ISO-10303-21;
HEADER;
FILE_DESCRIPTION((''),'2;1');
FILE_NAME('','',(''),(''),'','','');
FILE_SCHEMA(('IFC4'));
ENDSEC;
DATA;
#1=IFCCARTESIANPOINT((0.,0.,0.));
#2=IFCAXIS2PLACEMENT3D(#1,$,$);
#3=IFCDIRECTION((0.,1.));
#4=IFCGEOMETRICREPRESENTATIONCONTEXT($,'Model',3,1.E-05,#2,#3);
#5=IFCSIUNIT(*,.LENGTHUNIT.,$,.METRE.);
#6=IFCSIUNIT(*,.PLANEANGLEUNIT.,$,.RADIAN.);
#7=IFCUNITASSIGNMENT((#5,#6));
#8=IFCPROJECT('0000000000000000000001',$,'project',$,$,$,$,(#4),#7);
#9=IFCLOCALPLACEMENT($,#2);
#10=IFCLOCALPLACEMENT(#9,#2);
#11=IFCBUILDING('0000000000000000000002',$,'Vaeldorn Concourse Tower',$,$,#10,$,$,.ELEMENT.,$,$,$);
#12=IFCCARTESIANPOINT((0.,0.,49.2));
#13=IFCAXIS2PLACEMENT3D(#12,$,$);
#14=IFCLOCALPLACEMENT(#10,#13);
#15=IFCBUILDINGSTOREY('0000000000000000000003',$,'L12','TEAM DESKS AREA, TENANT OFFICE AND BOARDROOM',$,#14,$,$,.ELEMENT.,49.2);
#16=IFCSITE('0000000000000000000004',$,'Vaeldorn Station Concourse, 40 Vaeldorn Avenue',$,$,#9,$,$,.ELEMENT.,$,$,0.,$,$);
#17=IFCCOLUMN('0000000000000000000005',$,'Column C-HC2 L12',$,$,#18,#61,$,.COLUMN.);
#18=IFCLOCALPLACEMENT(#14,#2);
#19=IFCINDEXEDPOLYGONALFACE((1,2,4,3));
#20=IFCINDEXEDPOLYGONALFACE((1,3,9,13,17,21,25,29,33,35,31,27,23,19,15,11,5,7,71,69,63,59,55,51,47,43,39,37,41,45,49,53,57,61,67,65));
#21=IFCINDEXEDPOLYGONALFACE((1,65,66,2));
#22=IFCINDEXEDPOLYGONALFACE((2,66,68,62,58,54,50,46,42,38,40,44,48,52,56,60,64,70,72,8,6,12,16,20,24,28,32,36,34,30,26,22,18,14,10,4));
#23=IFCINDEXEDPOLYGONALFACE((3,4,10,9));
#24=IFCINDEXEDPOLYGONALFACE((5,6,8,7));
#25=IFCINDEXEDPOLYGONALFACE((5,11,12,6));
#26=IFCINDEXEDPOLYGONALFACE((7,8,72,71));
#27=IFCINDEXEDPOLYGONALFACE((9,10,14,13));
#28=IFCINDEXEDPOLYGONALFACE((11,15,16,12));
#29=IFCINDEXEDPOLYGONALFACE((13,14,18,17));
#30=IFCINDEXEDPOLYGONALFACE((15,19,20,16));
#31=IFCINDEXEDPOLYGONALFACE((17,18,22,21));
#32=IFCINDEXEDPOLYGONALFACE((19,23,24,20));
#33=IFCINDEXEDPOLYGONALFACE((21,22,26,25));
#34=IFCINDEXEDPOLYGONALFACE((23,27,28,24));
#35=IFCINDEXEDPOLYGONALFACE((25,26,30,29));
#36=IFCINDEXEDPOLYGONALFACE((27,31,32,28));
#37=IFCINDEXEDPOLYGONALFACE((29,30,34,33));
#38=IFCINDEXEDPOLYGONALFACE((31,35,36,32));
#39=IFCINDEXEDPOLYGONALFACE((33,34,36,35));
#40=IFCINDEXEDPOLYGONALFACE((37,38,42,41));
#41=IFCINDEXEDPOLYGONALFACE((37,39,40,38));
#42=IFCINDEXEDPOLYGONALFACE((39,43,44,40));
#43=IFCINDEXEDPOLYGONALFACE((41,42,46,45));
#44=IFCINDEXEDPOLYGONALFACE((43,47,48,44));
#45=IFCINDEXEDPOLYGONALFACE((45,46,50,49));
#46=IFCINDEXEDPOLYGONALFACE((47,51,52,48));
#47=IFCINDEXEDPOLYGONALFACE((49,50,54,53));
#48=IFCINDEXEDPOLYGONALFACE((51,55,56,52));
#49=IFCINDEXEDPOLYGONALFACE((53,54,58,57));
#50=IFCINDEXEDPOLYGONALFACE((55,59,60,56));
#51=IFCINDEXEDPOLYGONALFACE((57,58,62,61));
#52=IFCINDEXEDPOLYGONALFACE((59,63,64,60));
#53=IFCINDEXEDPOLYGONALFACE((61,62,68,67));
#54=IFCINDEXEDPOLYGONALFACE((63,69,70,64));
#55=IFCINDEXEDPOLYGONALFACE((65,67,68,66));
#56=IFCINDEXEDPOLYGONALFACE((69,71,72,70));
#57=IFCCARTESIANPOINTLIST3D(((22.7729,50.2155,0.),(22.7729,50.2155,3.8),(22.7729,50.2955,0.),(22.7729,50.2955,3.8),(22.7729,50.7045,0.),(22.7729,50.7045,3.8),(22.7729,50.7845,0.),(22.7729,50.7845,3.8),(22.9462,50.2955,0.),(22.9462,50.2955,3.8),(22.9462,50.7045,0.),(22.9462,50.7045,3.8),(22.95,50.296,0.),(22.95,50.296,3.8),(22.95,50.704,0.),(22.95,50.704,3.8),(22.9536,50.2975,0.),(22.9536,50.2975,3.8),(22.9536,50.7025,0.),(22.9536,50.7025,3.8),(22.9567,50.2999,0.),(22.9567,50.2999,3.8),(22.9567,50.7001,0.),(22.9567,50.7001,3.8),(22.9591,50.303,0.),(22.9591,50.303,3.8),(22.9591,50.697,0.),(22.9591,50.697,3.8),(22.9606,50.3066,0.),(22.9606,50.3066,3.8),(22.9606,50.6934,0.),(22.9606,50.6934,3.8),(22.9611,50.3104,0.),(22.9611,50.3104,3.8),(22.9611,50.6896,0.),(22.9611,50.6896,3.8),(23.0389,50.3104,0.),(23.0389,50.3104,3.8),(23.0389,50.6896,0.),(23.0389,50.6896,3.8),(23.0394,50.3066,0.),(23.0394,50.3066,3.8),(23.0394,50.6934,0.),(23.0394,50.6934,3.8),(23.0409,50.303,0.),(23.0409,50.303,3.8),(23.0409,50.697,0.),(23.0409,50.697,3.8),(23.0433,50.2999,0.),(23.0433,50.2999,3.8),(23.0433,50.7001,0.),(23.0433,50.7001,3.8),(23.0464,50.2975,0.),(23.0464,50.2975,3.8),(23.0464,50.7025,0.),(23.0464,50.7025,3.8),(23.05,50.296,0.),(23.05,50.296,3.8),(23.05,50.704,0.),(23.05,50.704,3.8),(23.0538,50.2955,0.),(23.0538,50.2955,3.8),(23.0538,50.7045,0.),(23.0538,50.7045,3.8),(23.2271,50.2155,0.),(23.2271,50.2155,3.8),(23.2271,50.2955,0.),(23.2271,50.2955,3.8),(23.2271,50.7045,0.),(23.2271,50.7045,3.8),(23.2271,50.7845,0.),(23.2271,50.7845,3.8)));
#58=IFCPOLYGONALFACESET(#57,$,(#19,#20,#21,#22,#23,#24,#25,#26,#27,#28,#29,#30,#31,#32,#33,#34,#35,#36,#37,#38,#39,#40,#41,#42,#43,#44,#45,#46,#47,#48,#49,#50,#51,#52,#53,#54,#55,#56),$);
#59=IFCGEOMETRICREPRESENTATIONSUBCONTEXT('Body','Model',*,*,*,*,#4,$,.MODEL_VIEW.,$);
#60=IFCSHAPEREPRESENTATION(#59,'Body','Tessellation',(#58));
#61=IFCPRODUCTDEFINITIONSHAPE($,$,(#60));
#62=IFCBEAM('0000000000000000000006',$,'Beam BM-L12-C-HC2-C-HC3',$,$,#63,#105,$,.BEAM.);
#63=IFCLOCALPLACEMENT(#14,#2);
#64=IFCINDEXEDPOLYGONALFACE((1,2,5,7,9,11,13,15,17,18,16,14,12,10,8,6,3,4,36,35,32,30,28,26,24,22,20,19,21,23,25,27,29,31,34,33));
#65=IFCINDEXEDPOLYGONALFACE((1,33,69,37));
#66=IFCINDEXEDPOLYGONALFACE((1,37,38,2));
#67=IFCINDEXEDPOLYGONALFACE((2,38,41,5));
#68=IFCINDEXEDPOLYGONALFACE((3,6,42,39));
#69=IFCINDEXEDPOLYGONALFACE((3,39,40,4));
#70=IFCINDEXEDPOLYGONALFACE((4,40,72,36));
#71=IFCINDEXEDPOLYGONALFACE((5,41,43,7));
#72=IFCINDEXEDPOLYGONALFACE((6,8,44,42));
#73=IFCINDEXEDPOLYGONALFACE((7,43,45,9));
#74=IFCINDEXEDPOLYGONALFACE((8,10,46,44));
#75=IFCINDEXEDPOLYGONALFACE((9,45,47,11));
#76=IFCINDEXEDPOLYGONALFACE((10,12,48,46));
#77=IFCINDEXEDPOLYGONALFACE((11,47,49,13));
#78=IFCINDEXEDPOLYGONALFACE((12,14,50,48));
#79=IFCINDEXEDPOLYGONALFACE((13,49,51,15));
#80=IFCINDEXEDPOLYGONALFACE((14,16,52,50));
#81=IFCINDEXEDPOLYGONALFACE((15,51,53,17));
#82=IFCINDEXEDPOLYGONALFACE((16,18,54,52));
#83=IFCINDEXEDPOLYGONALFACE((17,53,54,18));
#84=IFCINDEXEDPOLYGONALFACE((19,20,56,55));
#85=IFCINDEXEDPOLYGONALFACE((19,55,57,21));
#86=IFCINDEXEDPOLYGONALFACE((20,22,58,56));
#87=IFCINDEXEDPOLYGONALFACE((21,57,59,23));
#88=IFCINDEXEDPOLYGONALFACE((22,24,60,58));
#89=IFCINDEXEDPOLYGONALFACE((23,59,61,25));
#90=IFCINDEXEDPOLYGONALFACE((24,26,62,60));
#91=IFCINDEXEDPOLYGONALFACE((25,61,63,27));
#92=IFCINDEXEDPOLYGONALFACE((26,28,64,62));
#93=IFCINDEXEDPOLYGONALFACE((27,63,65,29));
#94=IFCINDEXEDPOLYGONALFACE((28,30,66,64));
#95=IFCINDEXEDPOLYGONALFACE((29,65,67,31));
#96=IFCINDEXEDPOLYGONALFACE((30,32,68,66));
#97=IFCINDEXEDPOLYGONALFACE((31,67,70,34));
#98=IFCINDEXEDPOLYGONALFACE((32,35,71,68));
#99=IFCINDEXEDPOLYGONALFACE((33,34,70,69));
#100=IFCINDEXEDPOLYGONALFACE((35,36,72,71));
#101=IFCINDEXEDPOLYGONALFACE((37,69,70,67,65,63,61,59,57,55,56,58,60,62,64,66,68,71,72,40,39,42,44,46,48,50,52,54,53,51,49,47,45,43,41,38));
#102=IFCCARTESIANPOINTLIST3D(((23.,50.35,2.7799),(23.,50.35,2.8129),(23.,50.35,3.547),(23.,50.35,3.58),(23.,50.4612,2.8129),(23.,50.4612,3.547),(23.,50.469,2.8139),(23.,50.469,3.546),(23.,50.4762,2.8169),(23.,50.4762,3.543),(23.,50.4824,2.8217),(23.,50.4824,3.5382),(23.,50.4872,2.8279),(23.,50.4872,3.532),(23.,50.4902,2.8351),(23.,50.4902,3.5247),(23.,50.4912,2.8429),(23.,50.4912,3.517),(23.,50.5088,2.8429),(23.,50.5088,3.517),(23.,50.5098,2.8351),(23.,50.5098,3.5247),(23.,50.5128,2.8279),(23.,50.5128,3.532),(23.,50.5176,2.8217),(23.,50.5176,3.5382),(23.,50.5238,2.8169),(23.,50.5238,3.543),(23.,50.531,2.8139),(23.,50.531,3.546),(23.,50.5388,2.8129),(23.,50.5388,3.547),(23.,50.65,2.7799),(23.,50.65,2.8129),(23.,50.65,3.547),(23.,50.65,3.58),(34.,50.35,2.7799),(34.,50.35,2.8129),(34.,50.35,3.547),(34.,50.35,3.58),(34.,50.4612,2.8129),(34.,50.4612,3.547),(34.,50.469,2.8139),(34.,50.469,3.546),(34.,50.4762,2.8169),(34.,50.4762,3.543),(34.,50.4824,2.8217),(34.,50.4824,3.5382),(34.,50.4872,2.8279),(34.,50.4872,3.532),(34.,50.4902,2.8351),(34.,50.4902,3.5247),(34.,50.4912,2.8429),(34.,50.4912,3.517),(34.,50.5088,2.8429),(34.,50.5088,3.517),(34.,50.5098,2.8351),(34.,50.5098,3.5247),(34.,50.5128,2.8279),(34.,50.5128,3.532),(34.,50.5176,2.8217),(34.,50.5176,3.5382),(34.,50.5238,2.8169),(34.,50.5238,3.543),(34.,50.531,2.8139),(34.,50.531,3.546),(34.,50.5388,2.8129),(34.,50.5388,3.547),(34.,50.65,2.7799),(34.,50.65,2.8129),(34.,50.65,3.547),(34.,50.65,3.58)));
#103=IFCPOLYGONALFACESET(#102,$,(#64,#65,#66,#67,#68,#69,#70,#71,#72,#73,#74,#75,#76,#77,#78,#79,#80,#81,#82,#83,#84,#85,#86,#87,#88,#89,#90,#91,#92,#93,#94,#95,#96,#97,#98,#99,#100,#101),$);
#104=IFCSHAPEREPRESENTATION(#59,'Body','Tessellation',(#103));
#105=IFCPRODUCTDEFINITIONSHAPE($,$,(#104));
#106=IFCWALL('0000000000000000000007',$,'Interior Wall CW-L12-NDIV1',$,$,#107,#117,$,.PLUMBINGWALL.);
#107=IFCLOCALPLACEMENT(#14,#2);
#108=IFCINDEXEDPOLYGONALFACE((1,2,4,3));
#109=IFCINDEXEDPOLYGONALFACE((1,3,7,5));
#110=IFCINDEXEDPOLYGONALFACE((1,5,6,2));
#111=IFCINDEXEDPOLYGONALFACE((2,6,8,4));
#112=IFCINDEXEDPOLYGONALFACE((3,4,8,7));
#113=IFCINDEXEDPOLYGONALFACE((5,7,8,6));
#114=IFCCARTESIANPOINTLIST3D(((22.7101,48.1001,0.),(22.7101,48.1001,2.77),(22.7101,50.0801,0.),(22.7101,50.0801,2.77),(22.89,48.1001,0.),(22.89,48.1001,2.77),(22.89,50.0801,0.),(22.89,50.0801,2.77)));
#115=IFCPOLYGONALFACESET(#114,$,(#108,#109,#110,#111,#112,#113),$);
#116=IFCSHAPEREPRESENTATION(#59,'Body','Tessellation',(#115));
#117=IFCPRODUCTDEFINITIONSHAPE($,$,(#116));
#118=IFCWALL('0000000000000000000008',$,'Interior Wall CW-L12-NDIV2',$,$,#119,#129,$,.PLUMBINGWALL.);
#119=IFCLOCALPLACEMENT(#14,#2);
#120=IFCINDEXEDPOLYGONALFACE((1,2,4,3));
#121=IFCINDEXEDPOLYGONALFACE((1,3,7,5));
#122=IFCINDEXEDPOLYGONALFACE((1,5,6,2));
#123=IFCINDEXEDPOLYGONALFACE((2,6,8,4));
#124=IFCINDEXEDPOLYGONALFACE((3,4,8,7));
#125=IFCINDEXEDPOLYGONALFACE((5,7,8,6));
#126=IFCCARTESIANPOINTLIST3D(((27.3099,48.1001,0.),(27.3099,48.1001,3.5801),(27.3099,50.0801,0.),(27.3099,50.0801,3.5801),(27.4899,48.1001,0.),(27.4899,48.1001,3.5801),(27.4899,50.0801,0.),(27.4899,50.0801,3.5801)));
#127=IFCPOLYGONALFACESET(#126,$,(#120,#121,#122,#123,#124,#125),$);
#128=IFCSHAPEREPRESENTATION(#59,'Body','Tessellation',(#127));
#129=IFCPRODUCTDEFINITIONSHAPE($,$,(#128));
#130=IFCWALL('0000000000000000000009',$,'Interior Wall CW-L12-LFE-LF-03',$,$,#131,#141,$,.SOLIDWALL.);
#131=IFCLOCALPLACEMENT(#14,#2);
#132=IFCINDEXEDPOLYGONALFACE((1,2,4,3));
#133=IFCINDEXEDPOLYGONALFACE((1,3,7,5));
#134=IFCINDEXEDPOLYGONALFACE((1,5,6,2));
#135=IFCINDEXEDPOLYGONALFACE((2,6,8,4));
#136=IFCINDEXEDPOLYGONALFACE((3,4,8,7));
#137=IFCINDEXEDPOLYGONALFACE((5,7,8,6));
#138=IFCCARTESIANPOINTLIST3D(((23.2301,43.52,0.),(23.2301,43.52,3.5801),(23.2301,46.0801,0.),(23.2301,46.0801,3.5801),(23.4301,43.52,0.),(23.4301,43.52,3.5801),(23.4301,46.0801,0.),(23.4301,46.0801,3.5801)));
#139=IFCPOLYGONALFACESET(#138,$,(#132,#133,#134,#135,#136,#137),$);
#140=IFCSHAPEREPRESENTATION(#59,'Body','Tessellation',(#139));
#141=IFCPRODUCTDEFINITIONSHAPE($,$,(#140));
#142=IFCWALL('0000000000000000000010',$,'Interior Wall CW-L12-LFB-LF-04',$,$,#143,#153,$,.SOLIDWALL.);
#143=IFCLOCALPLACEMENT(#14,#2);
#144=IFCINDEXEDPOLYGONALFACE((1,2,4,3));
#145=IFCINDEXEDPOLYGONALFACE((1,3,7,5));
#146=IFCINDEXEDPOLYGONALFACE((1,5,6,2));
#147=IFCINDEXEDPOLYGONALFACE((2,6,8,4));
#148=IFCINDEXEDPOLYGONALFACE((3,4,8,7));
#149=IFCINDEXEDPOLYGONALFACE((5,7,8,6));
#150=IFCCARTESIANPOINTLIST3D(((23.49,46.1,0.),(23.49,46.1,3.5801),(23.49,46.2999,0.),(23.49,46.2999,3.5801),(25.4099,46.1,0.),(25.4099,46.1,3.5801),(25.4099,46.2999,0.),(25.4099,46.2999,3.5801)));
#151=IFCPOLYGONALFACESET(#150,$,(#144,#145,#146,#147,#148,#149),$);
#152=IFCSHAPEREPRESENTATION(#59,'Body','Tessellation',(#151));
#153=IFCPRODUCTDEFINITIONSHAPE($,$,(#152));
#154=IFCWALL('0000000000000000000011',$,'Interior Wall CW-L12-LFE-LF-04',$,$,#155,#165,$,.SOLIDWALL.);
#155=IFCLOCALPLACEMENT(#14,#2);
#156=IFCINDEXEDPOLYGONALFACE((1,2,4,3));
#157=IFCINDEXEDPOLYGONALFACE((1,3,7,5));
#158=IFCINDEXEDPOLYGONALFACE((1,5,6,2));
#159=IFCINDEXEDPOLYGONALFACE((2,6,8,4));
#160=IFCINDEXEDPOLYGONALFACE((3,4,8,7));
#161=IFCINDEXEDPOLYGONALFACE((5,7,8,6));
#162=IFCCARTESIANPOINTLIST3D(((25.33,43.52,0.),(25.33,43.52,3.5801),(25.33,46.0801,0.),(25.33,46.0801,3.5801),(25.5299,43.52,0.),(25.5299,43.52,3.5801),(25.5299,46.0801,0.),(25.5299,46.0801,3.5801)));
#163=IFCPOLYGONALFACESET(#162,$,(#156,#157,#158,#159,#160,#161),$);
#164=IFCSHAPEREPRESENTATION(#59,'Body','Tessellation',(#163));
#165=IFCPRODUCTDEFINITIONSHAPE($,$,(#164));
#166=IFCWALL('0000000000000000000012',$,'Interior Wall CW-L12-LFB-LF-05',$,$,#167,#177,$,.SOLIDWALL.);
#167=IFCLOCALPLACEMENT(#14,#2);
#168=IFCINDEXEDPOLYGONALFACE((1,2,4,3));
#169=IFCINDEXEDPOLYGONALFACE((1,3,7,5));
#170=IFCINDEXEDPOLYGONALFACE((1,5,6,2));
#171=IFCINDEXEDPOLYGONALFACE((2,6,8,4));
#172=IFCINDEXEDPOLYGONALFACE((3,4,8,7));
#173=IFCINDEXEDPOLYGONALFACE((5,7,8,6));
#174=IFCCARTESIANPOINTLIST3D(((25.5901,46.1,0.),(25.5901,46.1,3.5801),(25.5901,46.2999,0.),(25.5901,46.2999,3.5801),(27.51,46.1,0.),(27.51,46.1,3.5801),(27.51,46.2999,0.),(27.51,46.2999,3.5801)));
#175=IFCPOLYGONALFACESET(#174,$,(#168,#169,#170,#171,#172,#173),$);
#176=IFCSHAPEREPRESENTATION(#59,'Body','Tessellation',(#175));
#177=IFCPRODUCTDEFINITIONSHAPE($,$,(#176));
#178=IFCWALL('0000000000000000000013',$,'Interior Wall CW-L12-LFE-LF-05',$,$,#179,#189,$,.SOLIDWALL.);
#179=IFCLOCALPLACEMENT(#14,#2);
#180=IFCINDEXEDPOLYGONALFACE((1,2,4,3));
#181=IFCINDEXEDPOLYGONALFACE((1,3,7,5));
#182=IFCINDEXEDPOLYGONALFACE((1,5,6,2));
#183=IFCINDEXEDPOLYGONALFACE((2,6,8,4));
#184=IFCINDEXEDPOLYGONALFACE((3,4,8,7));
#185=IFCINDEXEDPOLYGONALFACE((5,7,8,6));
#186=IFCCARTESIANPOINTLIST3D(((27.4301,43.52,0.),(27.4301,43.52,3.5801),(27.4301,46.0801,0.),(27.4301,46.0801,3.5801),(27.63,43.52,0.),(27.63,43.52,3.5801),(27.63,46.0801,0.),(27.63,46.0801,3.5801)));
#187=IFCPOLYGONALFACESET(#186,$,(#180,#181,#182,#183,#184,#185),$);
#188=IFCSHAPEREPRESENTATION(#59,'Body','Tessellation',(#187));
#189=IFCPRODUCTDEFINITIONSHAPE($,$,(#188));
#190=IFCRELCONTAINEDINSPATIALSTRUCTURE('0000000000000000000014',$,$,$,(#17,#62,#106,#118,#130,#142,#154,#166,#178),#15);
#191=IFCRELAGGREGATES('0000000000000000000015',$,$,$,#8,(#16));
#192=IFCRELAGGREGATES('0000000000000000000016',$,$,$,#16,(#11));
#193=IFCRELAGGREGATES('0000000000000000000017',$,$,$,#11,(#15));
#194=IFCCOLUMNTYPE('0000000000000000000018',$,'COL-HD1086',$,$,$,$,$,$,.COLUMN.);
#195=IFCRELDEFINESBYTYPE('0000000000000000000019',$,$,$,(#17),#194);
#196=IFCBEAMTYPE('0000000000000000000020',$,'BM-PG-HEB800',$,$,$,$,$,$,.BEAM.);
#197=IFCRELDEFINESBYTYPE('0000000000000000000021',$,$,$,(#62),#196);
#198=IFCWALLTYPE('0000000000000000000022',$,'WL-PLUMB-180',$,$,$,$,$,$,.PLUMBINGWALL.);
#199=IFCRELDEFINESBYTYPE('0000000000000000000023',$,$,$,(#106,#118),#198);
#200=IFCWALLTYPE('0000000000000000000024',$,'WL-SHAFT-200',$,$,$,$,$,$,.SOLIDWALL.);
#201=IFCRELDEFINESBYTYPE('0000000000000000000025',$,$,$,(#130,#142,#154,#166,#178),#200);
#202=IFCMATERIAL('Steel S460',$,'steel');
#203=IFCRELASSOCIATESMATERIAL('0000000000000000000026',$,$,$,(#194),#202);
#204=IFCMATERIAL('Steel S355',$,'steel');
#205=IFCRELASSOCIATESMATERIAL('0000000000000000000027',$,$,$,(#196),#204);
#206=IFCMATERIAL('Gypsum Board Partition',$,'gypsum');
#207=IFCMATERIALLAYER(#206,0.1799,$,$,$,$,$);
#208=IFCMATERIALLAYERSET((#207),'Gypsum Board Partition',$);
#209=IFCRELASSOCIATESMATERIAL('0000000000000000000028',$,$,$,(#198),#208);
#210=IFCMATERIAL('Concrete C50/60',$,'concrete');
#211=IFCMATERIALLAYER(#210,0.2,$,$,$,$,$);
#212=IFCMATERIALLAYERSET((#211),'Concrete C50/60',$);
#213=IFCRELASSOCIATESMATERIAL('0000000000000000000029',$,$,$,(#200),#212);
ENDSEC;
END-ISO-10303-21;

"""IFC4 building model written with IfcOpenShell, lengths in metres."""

from ifc_helpers import new_model, si_unit, direction, frame, frame_2d, origin, origin_2d, place, context, subcontext, project, spatial, rectangle, i_section, extrude, source, transform, mapped, material, layer, layer_set, material_profile, profile_set, type_object, element, save


model = new_model("IFC4")

# Units and contexts
model_context = context("Model", 3, precision=1e-05, world=origin(), true_north=direction((0.0, 1.0)))
body_context = subcontext(model_context, "Body", "Model", "MODEL_VIEW")
ifc_project = project(units=[si_unit("LENGTHUNIT", "METRE"), si_unit("PLANEANGLEUNIT", "RADIAN")], contexts=[model_context])

# Site, building, storey
site_placement = place(None, origin())
site = spatial("IfcSite", under=ifc_project, at=site_placement, Name="Vaeldorn Station Concourse, 40 Vaeldorn Avenue", CompositionType="ELEMENT", RefElevation=0.0)
building_placement = place(site_placement, origin())
building = spatial("IfcBuilding", under=site, at=building_placement, Name="Vaeldorn Concourse Tower", CompositionType="ELEMENT")
storey_placement = place(building_placement, frame((0.0, 0.0, 49.2)))
storey = spatial("IfcBuildingStorey", under=building, at=storey_placement, Name="L12", Description="TEAM DESKS AREA, TENANT OFFICE AND BOARDROOM", CompositionType="ELEMENT", Elevation=49.2)

# Column
ifc_material_1 = material(Name="Steel S460", Category="steel")
ifc_material_profile_1 = material_profile(ifc_material_1, i_section(OverallWidth=0.4541, OverallDepth=0.5691, WebThickness=0.0779, FlangeThickness=0.0801, FilletRadius=0.0149, at=origin_2d()), Name="HD 400x1086")
ifc_profile_set_1 = profile_set([ifc_material_profile_1], Name="Steel S460")
column_type = type_object("IfcColumnType", Name="COL-HD1086", PredefinedType="COLUMN", material=ifc_profile_set_1)
shared_shape_1 = source(origin(), body_context, "Body", "SweptSolid", [
    extrude(i_section(OverallWidth=0.4541, OverallDepth=0.5691, WebThickness=0.0779, FlangeThickness=0.0801, FilletRadius=0.0149, at=origin_2d()), origin(), (0.0, 0.0, 1.0), 3.8),
])
column_placement = place(storey_placement, frame((23.0, 50.5, 0.0), z_axis=(0.0, 0.0, 1.0), x_axis=(1.0, 0.0, 0.0)))
element("IfcColumn", 1, at=column_placement, inside=storey, type_object=column_type, Name="Column C-HC2 L12", PredefinedType="COLUMN", context=body_context, shape_type="MappedRepresentation", body=[
    mapped(shared_shape_1, transform((0.0, 0.0, 0.0), scale=1.0)),
])

# Beam
ifc_material_2 = material(Name="Steel S355", Category="steel")
ifc_material_profile_2 = material_profile(ifc_material_2, i_section(OverallWidth=0.3, OverallDepth=0.8, WebThickness=0.0176, FlangeThickness=0.033, FilletRadius=0.03, at=origin_2d()), Name="HEB 800")
ifc_profile_set_2 = profile_set([ifc_material_profile_2], Name="Steel S355")
beam_type = type_object("IfcBeamType", Name="BM-PG-HEB800", PredefinedType="BEAM", material=ifc_profile_set_2)
shared_shape_2 = source(origin(), body_context, "Body", "SweptSolid", [
    extrude(i_section(OverallWidth=0.3, OverallDepth=0.8, WebThickness=0.0176, FlangeThickness=0.033, FilletRadius=0.03, at=origin_2d()), origin(), (0.0, 0.0, 1.0), 11.0),
])
beam_placement = place(storey_placement, frame((23.0, 50.5, 3.1799), z_axis=(1.0, 0.0, 0.0), x_axis=(0.0, 1.0, 0.0)))
element("IfcBeam", 2, at=beam_placement, inside=storey, type_object=beam_type, Name="Beam BM-L12-C-HC2-C-HC3", PredefinedType="BEAM", context=body_context, shape_type="MappedRepresentation", body=[
    mapped(shared_shape_2, transform((0.0, 0.0, 0.0), scale=1.0)),
])

# Walls
ifc_material_3 = material(Name="Gypsum Board Partition", Category="gypsum")
ifc_layer_1 = layer(ifc_material_3, 0.1799)
ifc_layer_set_1 = layer_set([ifc_layer_1], Name="Gypsum Board Partition")
wall_type_1 = type_object("IfcWallType", Name="WL-PLUMB-180", PredefinedType="PLUMBINGWALL", material=ifc_layer_set_1)
wall_1_placement = place(storey_placement, frame((22.8, 48.1001, 0.0), z_axis=(0.0, 0.0, 1.0), x_axis=(0.0, 1.0, 0.0)))
element("IfcWall", 3, at=wall_1_placement, inside=storey, type_object=wall_type_1, Name="Interior Wall CW-L12-NDIV1", PredefinedType="PLUMBINGWALL", context=body_context, shape_type="SweptSolid", body=[
    extrude(rectangle(XDim=1.98, YDim=0.1799, at=frame_2d((0.99, 0.0))), origin(), (0.0, 0.0, 1.0), 2.77),
])
wall_2_placement = place(storey_placement, frame((27.3999, 48.1001, 0.0), z_axis=(0.0, 0.0, 1.0), x_axis=(0.0, 1.0, 0.0)))
element("IfcWall", 4, at=wall_2_placement, inside=storey, type_object=wall_type_1, Name="Interior Wall CW-L12-NDIV2", PredefinedType="PLUMBINGWALL", context=body_context, shape_type="SweptSolid", body=[
    extrude(rectangle(XDim=1.98, YDim=0.1799, at=frame_2d((0.99, 0.0))), origin(), (0.0, 0.0, 1.0), 3.5801),
])
ifc_material_4 = material(Name="Concrete C50/60", Category="concrete")
ifc_layer_2 = layer(ifc_material_4, 0.2)
ifc_layer_set_2 = layer_set([ifc_layer_2], Name="Concrete C50/60")
wall_type_2 = type_object("IfcWallType", Name="WL-SHAFT-200", PredefinedType="SOLIDWALL", material=ifc_layer_set_2)
wall_3_placement = place(storey_placement, frame((23.3301, 43.52, 0.0), z_axis=(0.0, 0.0, 1.0), x_axis=(0.0, 1.0, 0.0)))
element("IfcWall", 5, at=wall_3_placement, inside=storey, type_object=wall_type_2, Name="Interior Wall CW-L12-LFE-LF-03", PredefinedType="SOLIDWALL", context=body_context, shape_type="SweptSolid", body=[
    extrude(rectangle(XDim=2.5601, YDim=0.2, at=frame_2d((1.28, 0.0))), origin(), (0.0, 0.0, 1.0), 3.5801),
])

# Walls
wall_4_placement = place(storey_placement, frame((23.49, 46.2, 0.0), z_axis=(0.0, 0.0, 1.0), x_axis=(1.0, 0.0, 0.0)))
element("IfcWall", 6, at=wall_4_placement, inside=storey, type_object=wall_type_2, Name="Interior Wall CW-L12-LFB-LF-04", PredefinedType="SOLIDWALL", context=body_context, shape_type="SweptSolid", body=[
    extrude(rectangle(XDim=1.9199, YDim=0.2, at=frame_2d((0.96, 0.0))), origin(), (0.0, 0.0, 1.0), 3.5801),
])
wall_5_placement = place(storey_placement, frame((25.4299, 43.52, 0.0), z_axis=(0.0, 0.0, 1.0), x_axis=(0.0, 1.0, 0.0)))
element("IfcWall", 7, at=wall_5_placement, inside=storey, type_object=wall_type_2, Name="Interior Wall CW-L12-LFE-LF-04", PredefinedType="SOLIDWALL", context=body_context, shape_type="SweptSolid", body=[
    extrude(rectangle(XDim=2.5601, YDim=0.2, at=frame_2d((1.28, 0.0))), origin(), (0.0, 0.0, 1.0), 3.5801),
])

# Walls
wall_6_placement = place(storey_placement, frame((25.5901, 46.2, 0.0), z_axis=(0.0, 0.0, 1.0), x_axis=(1.0, 0.0, 0.0)))
element("IfcWall", 8, at=wall_6_placement, inside=storey, type_object=wall_type_2, Name="Interior Wall CW-L12-LFB-LF-05", PredefinedType="SOLIDWALL", context=body_context, shape_type="SweptSolid", body=[
    extrude(rectangle(XDim=1.9199, YDim=0.2, at=frame_2d((0.96, 0.0))), origin(), (0.0, 0.0, 1.0), 3.5801),
])
wall_7_placement = place(storey_placement, frame((27.53, 43.52, 0.0), z_axis=(0.0, 0.0, 1.0), x_axis=(0.0, 1.0, 0.0)))
element("IfcWall", 9, at=wall_7_placement, inside=storey, type_object=wall_type_2, Name="Interior Wall CW-L12-LFE-LF-05", PredefinedType="SOLIDWALL", context=body_context, shape_type="SweptSolid", body=[
    extrude(rectangle(XDim=2.5601, YDim=0.2, at=frame_2d((1.28, 0.0))), origin(), (0.0, 0.0, 1.0), 3.5801),
])

save(model, "model.ifc")
